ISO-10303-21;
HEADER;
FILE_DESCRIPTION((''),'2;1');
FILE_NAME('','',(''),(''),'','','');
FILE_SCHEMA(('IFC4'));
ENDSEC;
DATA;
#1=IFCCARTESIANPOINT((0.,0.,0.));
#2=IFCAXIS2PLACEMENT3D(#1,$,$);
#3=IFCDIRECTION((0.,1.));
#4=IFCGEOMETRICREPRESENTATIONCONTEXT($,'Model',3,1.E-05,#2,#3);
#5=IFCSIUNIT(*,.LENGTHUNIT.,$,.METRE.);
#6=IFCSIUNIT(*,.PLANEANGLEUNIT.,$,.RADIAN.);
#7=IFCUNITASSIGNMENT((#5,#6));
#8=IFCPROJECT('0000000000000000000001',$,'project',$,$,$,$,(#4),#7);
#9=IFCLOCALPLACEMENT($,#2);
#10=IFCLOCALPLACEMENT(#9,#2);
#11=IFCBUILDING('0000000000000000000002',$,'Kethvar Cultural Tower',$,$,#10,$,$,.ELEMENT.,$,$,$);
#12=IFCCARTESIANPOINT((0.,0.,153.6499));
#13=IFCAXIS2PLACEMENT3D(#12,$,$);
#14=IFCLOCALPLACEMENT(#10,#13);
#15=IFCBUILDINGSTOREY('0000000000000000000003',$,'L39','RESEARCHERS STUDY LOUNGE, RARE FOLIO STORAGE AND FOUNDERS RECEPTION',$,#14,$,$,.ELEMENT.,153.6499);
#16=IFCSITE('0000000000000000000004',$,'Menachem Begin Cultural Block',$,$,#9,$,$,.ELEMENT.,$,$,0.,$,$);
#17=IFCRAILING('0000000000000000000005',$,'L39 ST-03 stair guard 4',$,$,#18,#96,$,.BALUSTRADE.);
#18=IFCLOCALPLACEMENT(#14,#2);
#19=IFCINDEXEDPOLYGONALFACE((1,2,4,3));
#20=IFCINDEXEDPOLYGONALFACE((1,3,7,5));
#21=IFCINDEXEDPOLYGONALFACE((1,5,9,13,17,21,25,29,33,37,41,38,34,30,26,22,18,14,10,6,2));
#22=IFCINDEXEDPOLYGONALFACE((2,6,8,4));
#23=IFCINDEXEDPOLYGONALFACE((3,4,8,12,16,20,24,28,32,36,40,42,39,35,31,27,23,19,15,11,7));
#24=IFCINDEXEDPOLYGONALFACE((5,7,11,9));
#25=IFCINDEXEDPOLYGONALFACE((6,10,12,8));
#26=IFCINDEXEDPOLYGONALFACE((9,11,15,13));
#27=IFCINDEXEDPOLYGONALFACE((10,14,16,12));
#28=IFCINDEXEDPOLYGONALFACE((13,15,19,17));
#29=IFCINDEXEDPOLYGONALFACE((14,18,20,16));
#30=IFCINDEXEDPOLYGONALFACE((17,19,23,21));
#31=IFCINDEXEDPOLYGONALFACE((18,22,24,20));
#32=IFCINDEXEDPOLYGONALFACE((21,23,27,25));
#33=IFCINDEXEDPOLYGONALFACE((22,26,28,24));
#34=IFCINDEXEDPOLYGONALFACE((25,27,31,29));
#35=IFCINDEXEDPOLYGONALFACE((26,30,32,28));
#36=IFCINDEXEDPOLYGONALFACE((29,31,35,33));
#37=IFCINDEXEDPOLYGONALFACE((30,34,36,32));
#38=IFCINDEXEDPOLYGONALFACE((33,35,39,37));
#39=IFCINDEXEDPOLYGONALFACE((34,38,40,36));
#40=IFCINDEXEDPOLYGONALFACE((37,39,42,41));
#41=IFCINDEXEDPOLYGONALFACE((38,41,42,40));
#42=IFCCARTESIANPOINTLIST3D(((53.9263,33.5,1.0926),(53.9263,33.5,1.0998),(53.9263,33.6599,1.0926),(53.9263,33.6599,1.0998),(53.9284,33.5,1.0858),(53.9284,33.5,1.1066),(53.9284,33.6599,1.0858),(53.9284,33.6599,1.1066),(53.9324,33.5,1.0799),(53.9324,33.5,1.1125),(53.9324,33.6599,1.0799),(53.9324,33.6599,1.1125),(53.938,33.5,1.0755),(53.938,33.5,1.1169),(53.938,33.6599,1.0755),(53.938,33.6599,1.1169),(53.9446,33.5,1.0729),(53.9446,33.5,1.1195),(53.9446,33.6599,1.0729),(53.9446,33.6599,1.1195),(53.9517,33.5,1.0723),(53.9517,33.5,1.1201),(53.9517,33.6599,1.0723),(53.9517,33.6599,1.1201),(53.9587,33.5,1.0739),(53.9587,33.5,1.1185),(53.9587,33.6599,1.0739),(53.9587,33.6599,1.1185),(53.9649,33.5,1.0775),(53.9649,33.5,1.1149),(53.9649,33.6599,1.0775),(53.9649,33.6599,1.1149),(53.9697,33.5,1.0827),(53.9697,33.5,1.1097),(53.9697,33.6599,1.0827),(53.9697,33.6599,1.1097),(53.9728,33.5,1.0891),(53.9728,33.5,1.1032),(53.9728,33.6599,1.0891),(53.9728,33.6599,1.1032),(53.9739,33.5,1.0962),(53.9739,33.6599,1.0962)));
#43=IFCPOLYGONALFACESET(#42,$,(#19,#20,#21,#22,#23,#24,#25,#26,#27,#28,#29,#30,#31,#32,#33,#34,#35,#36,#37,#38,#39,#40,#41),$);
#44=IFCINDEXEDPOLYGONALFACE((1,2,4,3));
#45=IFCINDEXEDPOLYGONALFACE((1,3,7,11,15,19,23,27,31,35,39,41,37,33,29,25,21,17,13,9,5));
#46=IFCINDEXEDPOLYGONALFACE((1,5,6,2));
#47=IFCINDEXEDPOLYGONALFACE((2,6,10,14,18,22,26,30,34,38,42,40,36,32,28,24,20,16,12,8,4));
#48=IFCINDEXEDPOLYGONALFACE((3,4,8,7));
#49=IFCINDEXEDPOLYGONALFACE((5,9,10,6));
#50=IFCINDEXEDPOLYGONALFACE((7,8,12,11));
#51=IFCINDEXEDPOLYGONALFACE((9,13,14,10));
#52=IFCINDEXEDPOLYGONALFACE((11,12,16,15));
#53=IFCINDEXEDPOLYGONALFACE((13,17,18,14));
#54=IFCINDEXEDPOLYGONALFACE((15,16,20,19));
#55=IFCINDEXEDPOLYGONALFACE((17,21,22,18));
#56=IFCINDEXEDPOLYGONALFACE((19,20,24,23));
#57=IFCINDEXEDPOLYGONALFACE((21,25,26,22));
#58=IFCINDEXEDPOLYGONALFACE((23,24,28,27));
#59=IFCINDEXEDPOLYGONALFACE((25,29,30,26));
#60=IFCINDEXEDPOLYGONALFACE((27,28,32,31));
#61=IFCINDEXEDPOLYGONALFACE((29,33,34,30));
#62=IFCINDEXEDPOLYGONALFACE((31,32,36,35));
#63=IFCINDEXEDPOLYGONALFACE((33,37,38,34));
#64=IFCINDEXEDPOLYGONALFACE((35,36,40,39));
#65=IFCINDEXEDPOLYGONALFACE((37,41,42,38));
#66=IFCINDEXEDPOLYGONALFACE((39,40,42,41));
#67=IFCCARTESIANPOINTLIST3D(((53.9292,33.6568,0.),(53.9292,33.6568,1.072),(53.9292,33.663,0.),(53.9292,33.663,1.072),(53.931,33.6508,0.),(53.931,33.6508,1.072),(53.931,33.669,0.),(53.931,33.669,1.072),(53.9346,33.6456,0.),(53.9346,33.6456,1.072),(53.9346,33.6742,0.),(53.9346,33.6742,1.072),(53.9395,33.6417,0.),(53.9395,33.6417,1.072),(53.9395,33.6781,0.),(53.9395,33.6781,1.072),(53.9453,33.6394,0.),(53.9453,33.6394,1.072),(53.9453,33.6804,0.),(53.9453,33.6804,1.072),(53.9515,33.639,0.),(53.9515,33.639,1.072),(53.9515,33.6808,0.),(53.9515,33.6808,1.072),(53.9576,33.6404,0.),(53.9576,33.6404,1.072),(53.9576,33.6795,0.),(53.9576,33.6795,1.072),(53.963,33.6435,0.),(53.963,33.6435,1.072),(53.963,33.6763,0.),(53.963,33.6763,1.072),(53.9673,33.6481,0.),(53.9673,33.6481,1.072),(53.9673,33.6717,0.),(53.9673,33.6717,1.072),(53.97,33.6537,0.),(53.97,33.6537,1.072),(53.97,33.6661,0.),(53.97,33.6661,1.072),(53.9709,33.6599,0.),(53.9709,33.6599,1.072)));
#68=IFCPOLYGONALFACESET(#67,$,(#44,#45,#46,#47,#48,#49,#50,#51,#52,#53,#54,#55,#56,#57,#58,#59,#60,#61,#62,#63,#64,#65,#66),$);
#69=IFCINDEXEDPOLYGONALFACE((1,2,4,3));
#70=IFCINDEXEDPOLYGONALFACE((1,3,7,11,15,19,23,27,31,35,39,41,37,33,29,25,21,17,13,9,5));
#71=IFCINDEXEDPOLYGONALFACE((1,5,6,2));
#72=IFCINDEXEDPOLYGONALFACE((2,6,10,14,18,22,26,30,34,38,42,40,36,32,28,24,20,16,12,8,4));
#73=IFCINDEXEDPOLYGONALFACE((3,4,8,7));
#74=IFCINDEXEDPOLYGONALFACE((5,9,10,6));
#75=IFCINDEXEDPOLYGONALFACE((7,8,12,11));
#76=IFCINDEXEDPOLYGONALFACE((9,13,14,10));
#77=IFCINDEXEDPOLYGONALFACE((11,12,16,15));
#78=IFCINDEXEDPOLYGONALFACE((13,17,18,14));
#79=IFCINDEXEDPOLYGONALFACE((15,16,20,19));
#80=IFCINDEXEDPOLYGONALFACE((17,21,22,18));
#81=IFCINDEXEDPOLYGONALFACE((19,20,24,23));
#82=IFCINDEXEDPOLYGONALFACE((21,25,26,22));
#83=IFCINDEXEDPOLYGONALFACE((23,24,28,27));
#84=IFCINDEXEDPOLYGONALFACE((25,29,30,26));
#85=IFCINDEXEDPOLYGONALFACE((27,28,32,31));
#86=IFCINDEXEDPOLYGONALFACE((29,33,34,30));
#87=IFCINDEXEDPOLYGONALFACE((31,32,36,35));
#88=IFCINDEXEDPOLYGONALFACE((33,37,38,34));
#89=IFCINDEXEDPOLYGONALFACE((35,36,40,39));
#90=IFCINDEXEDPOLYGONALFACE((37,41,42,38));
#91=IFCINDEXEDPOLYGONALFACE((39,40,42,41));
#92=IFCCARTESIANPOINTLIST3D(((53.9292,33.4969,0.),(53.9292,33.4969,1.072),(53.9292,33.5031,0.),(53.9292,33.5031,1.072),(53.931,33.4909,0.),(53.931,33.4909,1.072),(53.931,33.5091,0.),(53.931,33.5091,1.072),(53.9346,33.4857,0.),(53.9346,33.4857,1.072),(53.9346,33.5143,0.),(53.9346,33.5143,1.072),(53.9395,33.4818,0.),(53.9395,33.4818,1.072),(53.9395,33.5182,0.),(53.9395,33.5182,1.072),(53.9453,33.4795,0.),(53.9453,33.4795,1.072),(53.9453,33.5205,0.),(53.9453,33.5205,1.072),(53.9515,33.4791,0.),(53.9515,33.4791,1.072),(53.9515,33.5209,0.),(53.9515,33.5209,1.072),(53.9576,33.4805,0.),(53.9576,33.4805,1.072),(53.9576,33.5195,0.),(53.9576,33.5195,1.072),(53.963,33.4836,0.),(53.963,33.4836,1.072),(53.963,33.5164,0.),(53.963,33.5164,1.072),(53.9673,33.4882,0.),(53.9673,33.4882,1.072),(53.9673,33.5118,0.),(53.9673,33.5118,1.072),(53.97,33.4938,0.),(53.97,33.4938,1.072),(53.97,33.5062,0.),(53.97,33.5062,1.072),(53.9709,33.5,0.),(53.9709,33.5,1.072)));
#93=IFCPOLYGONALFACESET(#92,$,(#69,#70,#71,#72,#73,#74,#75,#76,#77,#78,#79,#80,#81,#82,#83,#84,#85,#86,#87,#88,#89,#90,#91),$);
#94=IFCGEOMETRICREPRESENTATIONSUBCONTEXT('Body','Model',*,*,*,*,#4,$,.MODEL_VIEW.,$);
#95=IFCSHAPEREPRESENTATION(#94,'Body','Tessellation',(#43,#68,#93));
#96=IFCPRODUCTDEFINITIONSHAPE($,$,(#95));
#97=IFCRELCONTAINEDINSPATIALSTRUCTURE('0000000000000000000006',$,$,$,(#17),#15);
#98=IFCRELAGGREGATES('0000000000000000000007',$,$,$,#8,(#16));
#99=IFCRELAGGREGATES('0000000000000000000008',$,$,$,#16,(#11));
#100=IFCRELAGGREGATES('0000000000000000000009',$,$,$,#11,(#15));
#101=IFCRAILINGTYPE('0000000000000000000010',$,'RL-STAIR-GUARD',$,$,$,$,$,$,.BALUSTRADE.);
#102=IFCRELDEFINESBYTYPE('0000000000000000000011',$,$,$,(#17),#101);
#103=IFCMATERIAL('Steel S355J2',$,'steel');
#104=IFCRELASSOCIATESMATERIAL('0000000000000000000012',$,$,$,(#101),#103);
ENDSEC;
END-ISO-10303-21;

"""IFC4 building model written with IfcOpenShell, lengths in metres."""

from ifc_helpers import new_model, si_unit, direction, frame, origin, origin_2d, place, context, subcontext, project, spatial, circle, extrude, material, type_object, element, save


model = new_model("IFC4")

# Units and contexts
model_context = context("Model", 3, precision=1e-05, world=origin(), true_north=direction((0.0, 1.0)))
body_context = subcontext(model_context, "Body", "Model", "MODEL_VIEW")
ifc_project = project(units=[si_unit("LENGTHUNIT", "METRE"), si_unit("PLANEANGLEUNIT", "RADIAN")], contexts=[model_context])

# Site, building, storey
site_placement = place(None, origin())
site = spatial("IfcSite", under=ifc_project, at=site_placement, Name="Menachem Begin Cultural Block", CompositionType="ELEMENT", RefElevation=0.0)
building_placement = place(site_placement, origin())
building = spatial("IfcBuilding", under=site, at=building_placement, Name="Kethvar Cultural Tower", CompositionType="ELEMENT")
storey_placement = place(building_placement, frame((0.0, 0.0, 153.6499)))
storey = spatial("IfcBuildingStorey", under=building, at=storey_placement, Name="L39", Description="RESEARCHERS STUDY LOUNGE, RARE FOLIO STORAGE AND FOUNDERS RECEPTION", CompositionType="ELEMENT", Elevation=153.6499)

# Shared definitions
ifc_material_1 = material(Name="Steel S355J2", Category="steel")

# Railing
railing_type_1 = type_object("IfcRailingType", Name="RL-STAIR-GUARD", PredefinedType="BALUSTRADE", material=ifc_material_1)
railing_1_placement = place(storey_placement, frame((53.95, 33.6599, 0.0)))
element("IfcRailing", 1, at=railing_1_placement, inside=storey, type_object=railing_type_1, Name="L39 ST-03 stair guard 4", PredefinedType="BALUSTRADE", context=body_context, shape_type="SweptSolid", body=[
    extrude(circle(Radius=0.0239, at=origin_2d()), frame((0.0, 0.0, 1.0962), z_axis=(0.0, -1.0, 0.0), x_axis=(1.0, 0.0, 0.0)), (0.0, 0.0, 1.0), 0.1599),
    extrude(circle(Radius=0.021, at=origin_2d()), origin(), (0.0, 0.0, 1.0), 1.072),
    extrude(circle(Radius=0.021, at=origin_2d()), frame((0.0, -0.1599, 0.0)), (0.0, 0.0, 1.0), 1.072),
])

save(model, "model.ifc")
